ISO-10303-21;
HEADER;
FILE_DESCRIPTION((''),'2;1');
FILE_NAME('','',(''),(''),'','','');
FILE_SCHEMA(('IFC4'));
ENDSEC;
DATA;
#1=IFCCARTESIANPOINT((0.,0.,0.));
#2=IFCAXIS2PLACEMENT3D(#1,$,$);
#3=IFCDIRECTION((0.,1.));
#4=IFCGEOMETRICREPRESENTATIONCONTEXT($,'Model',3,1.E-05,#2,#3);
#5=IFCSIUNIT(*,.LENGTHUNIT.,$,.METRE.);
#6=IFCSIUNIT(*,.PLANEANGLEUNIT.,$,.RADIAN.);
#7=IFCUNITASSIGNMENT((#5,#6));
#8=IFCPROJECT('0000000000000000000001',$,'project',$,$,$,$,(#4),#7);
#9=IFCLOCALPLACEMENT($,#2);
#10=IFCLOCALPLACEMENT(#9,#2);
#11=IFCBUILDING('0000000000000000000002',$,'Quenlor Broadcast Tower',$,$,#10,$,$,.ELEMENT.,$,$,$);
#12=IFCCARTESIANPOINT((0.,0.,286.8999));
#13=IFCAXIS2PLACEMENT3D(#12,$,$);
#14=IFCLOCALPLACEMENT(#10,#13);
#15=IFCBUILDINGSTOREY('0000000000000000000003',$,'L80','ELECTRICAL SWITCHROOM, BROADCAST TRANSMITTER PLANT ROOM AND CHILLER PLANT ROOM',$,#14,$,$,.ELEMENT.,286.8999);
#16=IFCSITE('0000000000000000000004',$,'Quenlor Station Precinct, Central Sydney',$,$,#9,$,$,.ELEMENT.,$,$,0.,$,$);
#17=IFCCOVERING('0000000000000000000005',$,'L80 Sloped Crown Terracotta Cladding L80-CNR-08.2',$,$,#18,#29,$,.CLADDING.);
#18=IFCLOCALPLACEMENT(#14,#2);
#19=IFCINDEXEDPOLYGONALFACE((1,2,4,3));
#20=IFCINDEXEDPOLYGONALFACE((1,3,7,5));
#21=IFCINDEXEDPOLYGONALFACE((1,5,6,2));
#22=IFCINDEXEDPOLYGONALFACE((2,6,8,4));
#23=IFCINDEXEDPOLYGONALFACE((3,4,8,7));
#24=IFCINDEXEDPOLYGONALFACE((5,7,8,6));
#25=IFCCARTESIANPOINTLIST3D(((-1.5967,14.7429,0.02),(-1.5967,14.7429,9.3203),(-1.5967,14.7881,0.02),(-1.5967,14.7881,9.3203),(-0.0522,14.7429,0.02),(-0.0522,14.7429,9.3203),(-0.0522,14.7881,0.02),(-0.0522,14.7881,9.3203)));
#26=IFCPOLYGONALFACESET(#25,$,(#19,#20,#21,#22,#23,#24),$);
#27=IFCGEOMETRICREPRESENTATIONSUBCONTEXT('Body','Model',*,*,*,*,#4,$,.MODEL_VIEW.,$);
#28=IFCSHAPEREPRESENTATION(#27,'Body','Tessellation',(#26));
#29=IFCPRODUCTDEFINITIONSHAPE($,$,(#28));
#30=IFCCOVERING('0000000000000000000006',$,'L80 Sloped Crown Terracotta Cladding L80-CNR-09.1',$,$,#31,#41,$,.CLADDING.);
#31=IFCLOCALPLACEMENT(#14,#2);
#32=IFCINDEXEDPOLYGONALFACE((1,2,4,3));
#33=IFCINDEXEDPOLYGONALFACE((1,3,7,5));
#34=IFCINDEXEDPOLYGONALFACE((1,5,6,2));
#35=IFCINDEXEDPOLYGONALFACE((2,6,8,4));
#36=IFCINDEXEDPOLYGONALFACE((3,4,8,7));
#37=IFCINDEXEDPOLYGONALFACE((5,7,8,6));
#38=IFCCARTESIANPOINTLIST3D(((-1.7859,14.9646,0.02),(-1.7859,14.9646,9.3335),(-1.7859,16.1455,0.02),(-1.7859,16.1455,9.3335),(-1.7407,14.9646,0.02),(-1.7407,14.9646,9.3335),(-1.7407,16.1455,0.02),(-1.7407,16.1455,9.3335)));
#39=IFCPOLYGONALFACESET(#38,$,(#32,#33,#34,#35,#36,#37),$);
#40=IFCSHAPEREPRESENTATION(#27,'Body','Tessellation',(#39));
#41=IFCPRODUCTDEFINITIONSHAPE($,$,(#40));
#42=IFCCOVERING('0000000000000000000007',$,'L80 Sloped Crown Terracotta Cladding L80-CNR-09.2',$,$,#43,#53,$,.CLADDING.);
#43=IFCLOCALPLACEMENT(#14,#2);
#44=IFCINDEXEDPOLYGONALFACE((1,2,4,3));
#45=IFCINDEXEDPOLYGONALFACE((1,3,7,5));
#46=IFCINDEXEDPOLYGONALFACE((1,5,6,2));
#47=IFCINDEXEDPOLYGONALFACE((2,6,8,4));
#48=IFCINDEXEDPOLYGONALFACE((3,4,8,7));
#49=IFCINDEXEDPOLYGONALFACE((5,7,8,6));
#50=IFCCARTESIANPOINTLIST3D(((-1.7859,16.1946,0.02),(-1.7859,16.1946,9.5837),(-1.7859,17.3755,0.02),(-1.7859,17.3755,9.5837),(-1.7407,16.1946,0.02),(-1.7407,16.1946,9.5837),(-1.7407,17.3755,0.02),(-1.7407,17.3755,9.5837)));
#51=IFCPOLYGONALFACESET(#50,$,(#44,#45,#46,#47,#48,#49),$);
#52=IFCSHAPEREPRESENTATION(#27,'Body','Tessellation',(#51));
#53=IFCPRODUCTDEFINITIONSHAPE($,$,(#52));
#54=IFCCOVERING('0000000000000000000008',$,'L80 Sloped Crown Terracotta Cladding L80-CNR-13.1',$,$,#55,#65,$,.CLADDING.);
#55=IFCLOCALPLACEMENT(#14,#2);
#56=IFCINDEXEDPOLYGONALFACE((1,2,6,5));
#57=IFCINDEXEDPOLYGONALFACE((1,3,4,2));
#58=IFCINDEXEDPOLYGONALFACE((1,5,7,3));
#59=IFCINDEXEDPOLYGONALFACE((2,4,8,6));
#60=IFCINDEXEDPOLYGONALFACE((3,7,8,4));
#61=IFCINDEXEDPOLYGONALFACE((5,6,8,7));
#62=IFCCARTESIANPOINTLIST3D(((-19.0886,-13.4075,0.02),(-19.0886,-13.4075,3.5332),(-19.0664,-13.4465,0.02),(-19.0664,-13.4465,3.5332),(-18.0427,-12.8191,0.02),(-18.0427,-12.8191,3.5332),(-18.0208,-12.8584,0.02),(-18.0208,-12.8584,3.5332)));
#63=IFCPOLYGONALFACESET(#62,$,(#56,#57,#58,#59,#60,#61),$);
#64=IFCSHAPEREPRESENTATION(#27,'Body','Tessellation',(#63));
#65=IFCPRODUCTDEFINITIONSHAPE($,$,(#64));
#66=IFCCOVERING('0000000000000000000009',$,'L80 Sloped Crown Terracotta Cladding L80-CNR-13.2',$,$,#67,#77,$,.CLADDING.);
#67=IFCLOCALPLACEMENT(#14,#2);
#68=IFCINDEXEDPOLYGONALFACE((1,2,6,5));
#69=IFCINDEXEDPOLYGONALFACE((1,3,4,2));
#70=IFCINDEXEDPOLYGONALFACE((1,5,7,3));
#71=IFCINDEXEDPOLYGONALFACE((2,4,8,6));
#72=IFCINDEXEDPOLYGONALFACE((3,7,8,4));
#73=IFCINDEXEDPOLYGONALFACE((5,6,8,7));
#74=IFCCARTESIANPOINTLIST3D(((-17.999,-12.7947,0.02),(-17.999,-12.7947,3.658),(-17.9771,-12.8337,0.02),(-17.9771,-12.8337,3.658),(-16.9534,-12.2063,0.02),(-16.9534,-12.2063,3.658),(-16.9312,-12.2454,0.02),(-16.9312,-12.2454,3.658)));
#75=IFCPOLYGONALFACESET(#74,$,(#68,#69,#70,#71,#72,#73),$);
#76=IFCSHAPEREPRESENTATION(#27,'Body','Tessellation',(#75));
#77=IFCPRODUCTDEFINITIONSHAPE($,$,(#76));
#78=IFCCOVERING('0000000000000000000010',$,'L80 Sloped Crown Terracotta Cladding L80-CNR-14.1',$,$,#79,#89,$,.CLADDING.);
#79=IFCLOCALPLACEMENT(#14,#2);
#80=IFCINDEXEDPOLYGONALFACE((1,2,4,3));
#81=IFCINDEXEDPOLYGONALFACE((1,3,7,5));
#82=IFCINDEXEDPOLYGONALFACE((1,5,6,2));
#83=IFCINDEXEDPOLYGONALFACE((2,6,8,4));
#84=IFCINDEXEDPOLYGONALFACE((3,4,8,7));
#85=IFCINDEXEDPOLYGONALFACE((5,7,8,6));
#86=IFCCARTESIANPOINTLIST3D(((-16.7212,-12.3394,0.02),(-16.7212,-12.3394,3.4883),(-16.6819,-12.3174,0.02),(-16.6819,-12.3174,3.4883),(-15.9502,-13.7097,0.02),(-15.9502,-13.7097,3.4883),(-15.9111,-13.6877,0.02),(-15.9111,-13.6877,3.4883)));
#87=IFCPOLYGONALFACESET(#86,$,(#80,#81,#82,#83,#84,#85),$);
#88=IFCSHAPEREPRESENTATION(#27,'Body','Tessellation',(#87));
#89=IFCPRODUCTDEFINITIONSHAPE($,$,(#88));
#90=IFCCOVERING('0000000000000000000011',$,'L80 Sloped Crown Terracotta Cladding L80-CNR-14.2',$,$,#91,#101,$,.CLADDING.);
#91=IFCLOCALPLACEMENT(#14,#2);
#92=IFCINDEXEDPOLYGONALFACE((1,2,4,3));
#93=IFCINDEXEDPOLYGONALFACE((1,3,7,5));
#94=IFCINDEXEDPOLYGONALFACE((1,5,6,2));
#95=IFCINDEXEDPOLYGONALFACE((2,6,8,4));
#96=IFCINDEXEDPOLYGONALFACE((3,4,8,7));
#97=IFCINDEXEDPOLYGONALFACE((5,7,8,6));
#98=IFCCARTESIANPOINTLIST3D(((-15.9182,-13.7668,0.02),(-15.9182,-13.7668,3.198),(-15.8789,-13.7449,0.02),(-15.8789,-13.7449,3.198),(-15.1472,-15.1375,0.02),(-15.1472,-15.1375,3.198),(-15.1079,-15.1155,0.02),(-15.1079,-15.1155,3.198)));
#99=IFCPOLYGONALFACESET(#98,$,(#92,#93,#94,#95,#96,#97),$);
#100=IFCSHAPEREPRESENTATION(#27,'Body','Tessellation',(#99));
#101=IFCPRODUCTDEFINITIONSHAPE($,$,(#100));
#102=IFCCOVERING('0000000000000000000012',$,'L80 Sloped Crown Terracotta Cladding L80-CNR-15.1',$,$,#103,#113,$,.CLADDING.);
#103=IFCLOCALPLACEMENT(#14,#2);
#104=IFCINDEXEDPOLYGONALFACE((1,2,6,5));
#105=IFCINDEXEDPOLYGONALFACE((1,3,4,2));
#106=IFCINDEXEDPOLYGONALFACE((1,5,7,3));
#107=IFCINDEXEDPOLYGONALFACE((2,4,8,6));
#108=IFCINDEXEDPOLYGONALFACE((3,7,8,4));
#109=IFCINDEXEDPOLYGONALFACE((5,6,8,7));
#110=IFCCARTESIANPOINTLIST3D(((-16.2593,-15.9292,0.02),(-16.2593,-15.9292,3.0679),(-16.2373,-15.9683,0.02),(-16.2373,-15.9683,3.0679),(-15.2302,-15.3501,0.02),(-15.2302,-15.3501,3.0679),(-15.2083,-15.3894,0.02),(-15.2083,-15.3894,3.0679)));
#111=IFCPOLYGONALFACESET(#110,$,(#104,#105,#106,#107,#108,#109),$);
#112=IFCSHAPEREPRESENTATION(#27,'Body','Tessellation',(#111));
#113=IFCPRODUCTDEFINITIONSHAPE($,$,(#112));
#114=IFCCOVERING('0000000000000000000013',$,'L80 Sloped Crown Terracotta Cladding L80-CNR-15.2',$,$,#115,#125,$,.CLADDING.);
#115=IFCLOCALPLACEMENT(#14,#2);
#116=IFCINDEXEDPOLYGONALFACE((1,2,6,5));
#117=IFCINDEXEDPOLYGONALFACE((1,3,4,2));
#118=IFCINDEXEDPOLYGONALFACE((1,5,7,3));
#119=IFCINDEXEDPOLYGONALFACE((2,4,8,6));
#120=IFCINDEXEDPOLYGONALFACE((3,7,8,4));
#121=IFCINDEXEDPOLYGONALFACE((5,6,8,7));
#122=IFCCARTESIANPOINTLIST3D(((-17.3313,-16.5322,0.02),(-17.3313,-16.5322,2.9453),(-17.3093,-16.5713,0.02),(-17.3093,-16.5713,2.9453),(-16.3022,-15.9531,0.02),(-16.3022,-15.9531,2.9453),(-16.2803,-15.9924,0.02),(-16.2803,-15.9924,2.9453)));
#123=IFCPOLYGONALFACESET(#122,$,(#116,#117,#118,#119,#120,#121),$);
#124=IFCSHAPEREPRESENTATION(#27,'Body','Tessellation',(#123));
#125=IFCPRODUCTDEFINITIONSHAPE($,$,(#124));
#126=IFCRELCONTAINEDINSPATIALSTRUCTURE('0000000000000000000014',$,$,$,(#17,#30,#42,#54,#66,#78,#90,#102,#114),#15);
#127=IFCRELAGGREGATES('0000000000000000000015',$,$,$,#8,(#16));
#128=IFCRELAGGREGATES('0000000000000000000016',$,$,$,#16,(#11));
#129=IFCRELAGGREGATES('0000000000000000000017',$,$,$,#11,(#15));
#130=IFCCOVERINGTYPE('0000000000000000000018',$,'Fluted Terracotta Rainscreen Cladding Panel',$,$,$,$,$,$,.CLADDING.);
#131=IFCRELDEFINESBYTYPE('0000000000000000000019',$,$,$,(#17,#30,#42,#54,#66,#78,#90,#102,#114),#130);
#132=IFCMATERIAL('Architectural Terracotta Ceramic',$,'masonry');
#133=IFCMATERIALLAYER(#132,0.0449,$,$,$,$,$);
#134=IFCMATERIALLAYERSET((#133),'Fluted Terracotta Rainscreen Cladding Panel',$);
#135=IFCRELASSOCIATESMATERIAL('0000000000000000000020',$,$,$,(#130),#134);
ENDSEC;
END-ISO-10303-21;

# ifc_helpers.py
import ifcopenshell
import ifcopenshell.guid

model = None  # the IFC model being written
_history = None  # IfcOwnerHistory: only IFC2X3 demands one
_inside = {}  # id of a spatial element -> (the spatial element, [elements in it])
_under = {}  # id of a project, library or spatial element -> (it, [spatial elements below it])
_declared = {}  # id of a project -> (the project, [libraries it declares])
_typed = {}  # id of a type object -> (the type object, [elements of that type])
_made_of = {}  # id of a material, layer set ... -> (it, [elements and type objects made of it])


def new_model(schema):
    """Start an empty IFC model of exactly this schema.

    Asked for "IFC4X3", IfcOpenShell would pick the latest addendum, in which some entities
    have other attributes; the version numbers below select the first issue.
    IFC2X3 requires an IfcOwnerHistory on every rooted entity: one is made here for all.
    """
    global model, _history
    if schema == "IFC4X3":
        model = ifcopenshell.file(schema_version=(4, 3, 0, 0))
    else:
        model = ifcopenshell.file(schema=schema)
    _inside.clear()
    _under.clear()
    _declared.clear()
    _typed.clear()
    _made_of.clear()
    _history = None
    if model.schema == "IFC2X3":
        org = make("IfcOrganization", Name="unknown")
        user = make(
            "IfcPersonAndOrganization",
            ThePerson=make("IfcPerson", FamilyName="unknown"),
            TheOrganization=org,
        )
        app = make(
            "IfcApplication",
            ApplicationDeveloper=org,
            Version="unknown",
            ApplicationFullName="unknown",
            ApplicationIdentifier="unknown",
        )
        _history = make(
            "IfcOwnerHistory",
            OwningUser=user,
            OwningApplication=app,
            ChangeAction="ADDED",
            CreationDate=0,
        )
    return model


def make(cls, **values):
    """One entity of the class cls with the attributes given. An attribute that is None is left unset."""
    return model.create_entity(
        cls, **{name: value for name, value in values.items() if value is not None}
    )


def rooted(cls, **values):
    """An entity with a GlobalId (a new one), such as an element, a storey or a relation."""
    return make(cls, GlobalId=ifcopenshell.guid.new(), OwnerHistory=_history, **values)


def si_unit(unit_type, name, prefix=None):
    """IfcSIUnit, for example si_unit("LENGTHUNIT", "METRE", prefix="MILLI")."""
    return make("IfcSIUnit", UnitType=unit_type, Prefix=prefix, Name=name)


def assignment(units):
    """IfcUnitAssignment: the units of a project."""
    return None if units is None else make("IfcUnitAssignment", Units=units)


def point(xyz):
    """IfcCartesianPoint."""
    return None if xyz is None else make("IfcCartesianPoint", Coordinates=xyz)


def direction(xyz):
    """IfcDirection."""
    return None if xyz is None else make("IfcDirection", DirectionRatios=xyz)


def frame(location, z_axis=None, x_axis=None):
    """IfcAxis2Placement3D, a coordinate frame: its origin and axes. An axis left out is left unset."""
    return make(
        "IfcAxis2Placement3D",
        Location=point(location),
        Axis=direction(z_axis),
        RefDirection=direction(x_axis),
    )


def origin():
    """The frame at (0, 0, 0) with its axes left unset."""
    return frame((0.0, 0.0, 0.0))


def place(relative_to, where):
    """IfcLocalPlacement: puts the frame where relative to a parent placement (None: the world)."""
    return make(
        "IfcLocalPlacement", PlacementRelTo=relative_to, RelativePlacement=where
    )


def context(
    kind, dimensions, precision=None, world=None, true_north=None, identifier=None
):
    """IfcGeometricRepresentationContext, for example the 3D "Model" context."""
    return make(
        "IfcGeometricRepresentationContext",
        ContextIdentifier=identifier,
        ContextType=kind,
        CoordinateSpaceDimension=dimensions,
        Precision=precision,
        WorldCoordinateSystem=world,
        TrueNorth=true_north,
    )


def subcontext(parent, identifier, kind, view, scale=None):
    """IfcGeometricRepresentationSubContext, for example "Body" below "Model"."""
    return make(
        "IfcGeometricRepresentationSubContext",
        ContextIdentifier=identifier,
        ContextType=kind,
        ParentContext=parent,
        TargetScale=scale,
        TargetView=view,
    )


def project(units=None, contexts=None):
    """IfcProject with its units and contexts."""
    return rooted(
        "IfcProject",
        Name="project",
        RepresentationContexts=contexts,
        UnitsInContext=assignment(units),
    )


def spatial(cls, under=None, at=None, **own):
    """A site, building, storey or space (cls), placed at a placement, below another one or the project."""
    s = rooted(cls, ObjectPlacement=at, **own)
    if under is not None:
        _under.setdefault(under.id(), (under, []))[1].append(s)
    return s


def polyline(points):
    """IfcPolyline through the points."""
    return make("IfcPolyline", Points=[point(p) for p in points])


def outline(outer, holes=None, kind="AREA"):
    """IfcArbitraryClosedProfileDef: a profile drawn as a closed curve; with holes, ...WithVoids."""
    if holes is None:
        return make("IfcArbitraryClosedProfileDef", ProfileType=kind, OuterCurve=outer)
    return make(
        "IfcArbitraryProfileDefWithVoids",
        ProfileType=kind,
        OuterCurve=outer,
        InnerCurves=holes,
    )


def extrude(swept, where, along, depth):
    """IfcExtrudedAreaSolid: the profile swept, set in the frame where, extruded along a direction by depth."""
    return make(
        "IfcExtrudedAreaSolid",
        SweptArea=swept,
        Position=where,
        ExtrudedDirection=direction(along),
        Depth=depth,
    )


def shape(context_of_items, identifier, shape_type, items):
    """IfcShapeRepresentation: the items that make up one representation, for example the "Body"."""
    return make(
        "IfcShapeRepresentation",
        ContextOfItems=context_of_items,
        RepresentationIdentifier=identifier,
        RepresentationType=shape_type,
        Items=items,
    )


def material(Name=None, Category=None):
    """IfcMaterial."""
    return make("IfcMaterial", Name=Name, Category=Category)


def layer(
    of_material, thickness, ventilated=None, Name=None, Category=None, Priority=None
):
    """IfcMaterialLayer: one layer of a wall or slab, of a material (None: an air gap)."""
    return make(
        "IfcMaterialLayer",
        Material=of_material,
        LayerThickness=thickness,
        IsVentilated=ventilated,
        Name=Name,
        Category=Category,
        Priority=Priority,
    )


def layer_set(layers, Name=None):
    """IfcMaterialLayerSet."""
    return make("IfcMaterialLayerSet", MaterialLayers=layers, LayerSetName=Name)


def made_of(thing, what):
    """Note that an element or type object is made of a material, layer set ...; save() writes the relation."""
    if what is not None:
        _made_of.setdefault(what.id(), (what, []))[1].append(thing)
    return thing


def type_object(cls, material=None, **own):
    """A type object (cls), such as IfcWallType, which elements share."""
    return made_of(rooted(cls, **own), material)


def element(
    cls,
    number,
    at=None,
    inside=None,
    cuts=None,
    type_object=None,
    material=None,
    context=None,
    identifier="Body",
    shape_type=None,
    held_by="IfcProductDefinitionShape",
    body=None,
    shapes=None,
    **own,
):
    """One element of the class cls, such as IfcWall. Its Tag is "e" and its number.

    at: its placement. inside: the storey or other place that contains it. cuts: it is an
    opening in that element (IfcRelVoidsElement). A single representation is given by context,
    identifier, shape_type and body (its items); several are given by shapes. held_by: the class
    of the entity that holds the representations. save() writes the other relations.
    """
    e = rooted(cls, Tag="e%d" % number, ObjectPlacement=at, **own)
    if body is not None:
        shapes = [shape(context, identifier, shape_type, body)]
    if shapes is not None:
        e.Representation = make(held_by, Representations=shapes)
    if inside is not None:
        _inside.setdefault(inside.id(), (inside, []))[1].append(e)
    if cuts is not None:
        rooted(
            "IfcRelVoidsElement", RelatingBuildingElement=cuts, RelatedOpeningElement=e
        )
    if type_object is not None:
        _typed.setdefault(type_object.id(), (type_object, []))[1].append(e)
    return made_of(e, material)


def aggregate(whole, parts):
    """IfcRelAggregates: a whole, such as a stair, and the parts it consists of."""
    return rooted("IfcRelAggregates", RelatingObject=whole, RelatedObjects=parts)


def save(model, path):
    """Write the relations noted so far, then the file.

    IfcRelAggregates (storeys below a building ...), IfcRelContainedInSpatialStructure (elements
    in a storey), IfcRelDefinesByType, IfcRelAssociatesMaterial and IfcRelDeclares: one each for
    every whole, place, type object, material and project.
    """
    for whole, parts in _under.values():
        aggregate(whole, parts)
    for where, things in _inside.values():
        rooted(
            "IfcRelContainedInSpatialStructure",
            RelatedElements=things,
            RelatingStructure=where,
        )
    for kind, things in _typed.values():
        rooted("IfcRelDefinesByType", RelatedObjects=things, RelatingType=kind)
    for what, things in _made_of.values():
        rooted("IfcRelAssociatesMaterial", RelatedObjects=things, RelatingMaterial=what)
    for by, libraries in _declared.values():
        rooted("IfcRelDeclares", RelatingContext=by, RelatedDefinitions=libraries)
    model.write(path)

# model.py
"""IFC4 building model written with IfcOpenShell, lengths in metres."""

from ifc_helpers import new_model, si_unit, direction, frame, origin, place, context, subcontext, project, spatial, polyline, outline, extrude, material, layer, layer_set, type_object, element, save


model = new_model("IFC4")

# Units and contexts
model_context = context("Model", 3, precision=1e-05, world=origin(), true_north=direction((0.0, 1.0)))
body_context = subcontext(model_context, "Body", "Model", "MODEL_VIEW")
ifc_project = project(units=[si_unit("LENGTHUNIT", "METRE"), si_unit("PLANEANGLEUNIT", "RADIAN")], contexts=[model_context])

# Site, building, storey
site_placement = place(None, origin())
site = spatial("IfcSite", under=ifc_project, at=site_placement, Name="Quenlor Station Precinct, Central Sydney", CompositionType="ELEMENT", RefElevation=0.0)
building_placement = place(site_placement, origin())
building = spatial("IfcBuilding", under=site, at=building_placement, Name="Quenlor Broadcast Tower", CompositionType="ELEMENT")
storey_placement = place(building_placement, frame((0.0, 0.0, 286.8999)))
storey = spatial("IfcBuildingStorey", under=building, at=storey_placement, Name="L80", Description="ELECTRICAL SWITCHROOM, BROADCAST TRANSMITTER PLANT ROOM AND CHILLER PLANT ROOM", CompositionType="ELEMENT", Elevation=286.8999)

# Coverings
ifc_material_1 = material(Name="Architectural Terracotta Ceramic", Category="masonry")
ifc_layer_1 = layer(ifc_material_1, 0.0449)
ifc_layer_set_1 = layer_set([ifc_layer_1], Name="Fluted Terracotta Rainscreen Cladding Panel")
covering_type = type_object("IfcCoveringType", Name="Fluted Terracotta Rainscreen Cladding Panel", PredefinedType="CLADDING", material=ifc_layer_set_1)
covering_1_placement = place(storey_placement, frame((0.0, 0.0, 0.02)))
element("IfcCovering", 1, at=covering_1_placement, inside=storey, type_object=covering_type, Name="L80 Sloped Crown Terracotta Cladding L80-CNR-08.2", PredefinedType="CLADDING", context=body_context, shape_type="SweptSolid", body=[
    extrude(outline(polyline([(-0.0522, 14.7881), (-1.5967, 14.7881), (-1.5967, 14.7429), (-0.0522, 14.7429), (-0.0522, 14.7881)])), origin(), (0.0, 0.0, 1.0), 9.3003),
])
covering_2_placement = place(storey_placement, frame((0.0, 0.0, 0.02)))
element("IfcCovering", 2, at=covering_2_placement, inside=storey, type_object=covering_type, Name="L80 Sloped Crown Terracotta Cladding L80-CNR-09.1", PredefinedType="CLADDING", context=body_context, shape_type="SweptSolid", body=[
    extrude(outline(polyline([(-1.7407, 14.9646), (-1.7407, 16.1455), (-1.7859, 16.1455), (-1.7859, 14.9646), (-1.7407, 14.9646)])), origin(), (0.0, 0.0, 1.0), 9.3135),
])
covering_3_placement = place(storey_placement, frame((0.0, 0.0, 0.02)))
element("IfcCovering", 3, at=covering_3_placement, inside=storey, type_object=covering_type, Name="L80 Sloped Crown Terracotta Cladding L80-CNR-09.2", PredefinedType="CLADDING", context=body_context, shape_type="SweptSolid", body=[
    extrude(outline(polyline([(-1.7407, 16.1946), (-1.7407, 17.3755), (-1.7859, 17.3755), (-1.7859, 16.1946), (-1.7407, 16.1946)])), origin(), (0.0, 0.0, 1.0), 9.5637),
])
covering_4_placement = place(storey_placement, frame((0.0, 0.0, 0.02)))
element("IfcCovering", 4, at=covering_4_placement, inside=storey, type_object=covering_type, Name="L80 Sloped Crown Terracotta Cladding L80-CNR-13.1", PredefinedType="CLADDING", context=body_context, shape_type="SweptSolid", body=[
    extrude(outline(polyline([(-19.0664, -13.4465), (-18.0208, -12.8584), (-18.0427, -12.8191), (-19.0886, -13.4075), (-19.0664, -13.4465)])), origin(), (0.0, 0.0, 1.0), 3.5132),
])
covering_5_placement = place(storey_placement, frame((0.0, 0.0, 0.02)))
element("IfcCovering", 5, at=covering_5_placement, inside=storey, type_object=covering_type, Name="L80 Sloped Crown Terracotta Cladding L80-CNR-13.2", PredefinedType="CLADDING", context=body_context, shape_type="SweptSolid", body=[
    extrude(outline(polyline([(-17.9771, -12.8337), (-16.9312, -12.2454), (-16.9534, -12.2063), (-17.999, -12.7947), (-17.9771, -12.8337)])), origin(), (0.0, 0.0, 1.0), 3.6379),
])
covering_6_placement = place(storey_placement, frame((0.0, 0.0, 0.02)))
element("IfcCovering", 6, at=covering_6_placement, inside=storey, type_object=covering_type, Name="L80 Sloped Crown Terracotta Cladding L80-CNR-14.1", PredefinedType="CLADDING", context=body_context, shape_type="SweptSolid", body=[
    extrude(outline(polyline([(-16.7212, -12.3394), (-15.9502, -13.7097), (-15.9111, -13.6877), (-16.6819, -12.3174), (-16.7212, -12.3394)])), origin(), (0.0, 0.0, 1.0), 3.4683),
])
covering_7_placement = place(storey_placement, frame((0.0, 0.0, 0.02)))
element("IfcCovering", 7, at=covering_7_placement, inside=storey, type_object=covering_type, Name="L80 Sloped Crown Terracotta Cladding L80-CNR-14.2", PredefinedType="CLADDING", context=body_context, shape_type="SweptSolid", body=[
    extrude(outline(polyline([(-15.9182, -13.7668), (-15.1472, -15.1375), (-15.1079, -15.1155), (-15.8789, -13.7449), (-15.9182, -13.7668)])), origin(), (0.0, 0.0, 1.0), 3.178),
])
covering_8_placement = place(storey_placement, frame((0.0, 0.0, 0.02)))
element("IfcCovering", 8, at=covering_8_placement, inside=storey, type_object=covering_type, Name="L80 Sloped Crown Terracotta Cladding L80-CNR-15.1", PredefinedType="CLADDING", context=body_context, shape_type="SweptSolid", body=[
    extrude(outline(polyline([(-15.2302, -15.3501), (-16.2593, -15.9292), (-16.2373, -15.9683), (-15.2083, -15.3894), (-15.2302, -15.3501)])), origin(), (0.0, 0.0, 1.0), 3.0479),
])
covering_9_placement = place(storey_placement, frame((0.0, 0.0, 0.02)))
element("IfcCovering", 9, at=covering_9_placement, inside=storey, type_object=covering_type, Name="L80 Sloped Crown Terracotta Cladding L80-CNR-15.2", PredefinedType="CLADDING", context=body_context, shape_type="SweptSolid", body=[
    extrude(outline(polyline([(-16.3022, -15.9531), (-17.3313, -16.5322), (-17.3093, -16.5713), (-16.2803, -15.9924), (-16.3022, -15.9531)])), origin(), (0.0, 0.0, 1.0), 2.9253),
])

save(model, "model.ifc")
